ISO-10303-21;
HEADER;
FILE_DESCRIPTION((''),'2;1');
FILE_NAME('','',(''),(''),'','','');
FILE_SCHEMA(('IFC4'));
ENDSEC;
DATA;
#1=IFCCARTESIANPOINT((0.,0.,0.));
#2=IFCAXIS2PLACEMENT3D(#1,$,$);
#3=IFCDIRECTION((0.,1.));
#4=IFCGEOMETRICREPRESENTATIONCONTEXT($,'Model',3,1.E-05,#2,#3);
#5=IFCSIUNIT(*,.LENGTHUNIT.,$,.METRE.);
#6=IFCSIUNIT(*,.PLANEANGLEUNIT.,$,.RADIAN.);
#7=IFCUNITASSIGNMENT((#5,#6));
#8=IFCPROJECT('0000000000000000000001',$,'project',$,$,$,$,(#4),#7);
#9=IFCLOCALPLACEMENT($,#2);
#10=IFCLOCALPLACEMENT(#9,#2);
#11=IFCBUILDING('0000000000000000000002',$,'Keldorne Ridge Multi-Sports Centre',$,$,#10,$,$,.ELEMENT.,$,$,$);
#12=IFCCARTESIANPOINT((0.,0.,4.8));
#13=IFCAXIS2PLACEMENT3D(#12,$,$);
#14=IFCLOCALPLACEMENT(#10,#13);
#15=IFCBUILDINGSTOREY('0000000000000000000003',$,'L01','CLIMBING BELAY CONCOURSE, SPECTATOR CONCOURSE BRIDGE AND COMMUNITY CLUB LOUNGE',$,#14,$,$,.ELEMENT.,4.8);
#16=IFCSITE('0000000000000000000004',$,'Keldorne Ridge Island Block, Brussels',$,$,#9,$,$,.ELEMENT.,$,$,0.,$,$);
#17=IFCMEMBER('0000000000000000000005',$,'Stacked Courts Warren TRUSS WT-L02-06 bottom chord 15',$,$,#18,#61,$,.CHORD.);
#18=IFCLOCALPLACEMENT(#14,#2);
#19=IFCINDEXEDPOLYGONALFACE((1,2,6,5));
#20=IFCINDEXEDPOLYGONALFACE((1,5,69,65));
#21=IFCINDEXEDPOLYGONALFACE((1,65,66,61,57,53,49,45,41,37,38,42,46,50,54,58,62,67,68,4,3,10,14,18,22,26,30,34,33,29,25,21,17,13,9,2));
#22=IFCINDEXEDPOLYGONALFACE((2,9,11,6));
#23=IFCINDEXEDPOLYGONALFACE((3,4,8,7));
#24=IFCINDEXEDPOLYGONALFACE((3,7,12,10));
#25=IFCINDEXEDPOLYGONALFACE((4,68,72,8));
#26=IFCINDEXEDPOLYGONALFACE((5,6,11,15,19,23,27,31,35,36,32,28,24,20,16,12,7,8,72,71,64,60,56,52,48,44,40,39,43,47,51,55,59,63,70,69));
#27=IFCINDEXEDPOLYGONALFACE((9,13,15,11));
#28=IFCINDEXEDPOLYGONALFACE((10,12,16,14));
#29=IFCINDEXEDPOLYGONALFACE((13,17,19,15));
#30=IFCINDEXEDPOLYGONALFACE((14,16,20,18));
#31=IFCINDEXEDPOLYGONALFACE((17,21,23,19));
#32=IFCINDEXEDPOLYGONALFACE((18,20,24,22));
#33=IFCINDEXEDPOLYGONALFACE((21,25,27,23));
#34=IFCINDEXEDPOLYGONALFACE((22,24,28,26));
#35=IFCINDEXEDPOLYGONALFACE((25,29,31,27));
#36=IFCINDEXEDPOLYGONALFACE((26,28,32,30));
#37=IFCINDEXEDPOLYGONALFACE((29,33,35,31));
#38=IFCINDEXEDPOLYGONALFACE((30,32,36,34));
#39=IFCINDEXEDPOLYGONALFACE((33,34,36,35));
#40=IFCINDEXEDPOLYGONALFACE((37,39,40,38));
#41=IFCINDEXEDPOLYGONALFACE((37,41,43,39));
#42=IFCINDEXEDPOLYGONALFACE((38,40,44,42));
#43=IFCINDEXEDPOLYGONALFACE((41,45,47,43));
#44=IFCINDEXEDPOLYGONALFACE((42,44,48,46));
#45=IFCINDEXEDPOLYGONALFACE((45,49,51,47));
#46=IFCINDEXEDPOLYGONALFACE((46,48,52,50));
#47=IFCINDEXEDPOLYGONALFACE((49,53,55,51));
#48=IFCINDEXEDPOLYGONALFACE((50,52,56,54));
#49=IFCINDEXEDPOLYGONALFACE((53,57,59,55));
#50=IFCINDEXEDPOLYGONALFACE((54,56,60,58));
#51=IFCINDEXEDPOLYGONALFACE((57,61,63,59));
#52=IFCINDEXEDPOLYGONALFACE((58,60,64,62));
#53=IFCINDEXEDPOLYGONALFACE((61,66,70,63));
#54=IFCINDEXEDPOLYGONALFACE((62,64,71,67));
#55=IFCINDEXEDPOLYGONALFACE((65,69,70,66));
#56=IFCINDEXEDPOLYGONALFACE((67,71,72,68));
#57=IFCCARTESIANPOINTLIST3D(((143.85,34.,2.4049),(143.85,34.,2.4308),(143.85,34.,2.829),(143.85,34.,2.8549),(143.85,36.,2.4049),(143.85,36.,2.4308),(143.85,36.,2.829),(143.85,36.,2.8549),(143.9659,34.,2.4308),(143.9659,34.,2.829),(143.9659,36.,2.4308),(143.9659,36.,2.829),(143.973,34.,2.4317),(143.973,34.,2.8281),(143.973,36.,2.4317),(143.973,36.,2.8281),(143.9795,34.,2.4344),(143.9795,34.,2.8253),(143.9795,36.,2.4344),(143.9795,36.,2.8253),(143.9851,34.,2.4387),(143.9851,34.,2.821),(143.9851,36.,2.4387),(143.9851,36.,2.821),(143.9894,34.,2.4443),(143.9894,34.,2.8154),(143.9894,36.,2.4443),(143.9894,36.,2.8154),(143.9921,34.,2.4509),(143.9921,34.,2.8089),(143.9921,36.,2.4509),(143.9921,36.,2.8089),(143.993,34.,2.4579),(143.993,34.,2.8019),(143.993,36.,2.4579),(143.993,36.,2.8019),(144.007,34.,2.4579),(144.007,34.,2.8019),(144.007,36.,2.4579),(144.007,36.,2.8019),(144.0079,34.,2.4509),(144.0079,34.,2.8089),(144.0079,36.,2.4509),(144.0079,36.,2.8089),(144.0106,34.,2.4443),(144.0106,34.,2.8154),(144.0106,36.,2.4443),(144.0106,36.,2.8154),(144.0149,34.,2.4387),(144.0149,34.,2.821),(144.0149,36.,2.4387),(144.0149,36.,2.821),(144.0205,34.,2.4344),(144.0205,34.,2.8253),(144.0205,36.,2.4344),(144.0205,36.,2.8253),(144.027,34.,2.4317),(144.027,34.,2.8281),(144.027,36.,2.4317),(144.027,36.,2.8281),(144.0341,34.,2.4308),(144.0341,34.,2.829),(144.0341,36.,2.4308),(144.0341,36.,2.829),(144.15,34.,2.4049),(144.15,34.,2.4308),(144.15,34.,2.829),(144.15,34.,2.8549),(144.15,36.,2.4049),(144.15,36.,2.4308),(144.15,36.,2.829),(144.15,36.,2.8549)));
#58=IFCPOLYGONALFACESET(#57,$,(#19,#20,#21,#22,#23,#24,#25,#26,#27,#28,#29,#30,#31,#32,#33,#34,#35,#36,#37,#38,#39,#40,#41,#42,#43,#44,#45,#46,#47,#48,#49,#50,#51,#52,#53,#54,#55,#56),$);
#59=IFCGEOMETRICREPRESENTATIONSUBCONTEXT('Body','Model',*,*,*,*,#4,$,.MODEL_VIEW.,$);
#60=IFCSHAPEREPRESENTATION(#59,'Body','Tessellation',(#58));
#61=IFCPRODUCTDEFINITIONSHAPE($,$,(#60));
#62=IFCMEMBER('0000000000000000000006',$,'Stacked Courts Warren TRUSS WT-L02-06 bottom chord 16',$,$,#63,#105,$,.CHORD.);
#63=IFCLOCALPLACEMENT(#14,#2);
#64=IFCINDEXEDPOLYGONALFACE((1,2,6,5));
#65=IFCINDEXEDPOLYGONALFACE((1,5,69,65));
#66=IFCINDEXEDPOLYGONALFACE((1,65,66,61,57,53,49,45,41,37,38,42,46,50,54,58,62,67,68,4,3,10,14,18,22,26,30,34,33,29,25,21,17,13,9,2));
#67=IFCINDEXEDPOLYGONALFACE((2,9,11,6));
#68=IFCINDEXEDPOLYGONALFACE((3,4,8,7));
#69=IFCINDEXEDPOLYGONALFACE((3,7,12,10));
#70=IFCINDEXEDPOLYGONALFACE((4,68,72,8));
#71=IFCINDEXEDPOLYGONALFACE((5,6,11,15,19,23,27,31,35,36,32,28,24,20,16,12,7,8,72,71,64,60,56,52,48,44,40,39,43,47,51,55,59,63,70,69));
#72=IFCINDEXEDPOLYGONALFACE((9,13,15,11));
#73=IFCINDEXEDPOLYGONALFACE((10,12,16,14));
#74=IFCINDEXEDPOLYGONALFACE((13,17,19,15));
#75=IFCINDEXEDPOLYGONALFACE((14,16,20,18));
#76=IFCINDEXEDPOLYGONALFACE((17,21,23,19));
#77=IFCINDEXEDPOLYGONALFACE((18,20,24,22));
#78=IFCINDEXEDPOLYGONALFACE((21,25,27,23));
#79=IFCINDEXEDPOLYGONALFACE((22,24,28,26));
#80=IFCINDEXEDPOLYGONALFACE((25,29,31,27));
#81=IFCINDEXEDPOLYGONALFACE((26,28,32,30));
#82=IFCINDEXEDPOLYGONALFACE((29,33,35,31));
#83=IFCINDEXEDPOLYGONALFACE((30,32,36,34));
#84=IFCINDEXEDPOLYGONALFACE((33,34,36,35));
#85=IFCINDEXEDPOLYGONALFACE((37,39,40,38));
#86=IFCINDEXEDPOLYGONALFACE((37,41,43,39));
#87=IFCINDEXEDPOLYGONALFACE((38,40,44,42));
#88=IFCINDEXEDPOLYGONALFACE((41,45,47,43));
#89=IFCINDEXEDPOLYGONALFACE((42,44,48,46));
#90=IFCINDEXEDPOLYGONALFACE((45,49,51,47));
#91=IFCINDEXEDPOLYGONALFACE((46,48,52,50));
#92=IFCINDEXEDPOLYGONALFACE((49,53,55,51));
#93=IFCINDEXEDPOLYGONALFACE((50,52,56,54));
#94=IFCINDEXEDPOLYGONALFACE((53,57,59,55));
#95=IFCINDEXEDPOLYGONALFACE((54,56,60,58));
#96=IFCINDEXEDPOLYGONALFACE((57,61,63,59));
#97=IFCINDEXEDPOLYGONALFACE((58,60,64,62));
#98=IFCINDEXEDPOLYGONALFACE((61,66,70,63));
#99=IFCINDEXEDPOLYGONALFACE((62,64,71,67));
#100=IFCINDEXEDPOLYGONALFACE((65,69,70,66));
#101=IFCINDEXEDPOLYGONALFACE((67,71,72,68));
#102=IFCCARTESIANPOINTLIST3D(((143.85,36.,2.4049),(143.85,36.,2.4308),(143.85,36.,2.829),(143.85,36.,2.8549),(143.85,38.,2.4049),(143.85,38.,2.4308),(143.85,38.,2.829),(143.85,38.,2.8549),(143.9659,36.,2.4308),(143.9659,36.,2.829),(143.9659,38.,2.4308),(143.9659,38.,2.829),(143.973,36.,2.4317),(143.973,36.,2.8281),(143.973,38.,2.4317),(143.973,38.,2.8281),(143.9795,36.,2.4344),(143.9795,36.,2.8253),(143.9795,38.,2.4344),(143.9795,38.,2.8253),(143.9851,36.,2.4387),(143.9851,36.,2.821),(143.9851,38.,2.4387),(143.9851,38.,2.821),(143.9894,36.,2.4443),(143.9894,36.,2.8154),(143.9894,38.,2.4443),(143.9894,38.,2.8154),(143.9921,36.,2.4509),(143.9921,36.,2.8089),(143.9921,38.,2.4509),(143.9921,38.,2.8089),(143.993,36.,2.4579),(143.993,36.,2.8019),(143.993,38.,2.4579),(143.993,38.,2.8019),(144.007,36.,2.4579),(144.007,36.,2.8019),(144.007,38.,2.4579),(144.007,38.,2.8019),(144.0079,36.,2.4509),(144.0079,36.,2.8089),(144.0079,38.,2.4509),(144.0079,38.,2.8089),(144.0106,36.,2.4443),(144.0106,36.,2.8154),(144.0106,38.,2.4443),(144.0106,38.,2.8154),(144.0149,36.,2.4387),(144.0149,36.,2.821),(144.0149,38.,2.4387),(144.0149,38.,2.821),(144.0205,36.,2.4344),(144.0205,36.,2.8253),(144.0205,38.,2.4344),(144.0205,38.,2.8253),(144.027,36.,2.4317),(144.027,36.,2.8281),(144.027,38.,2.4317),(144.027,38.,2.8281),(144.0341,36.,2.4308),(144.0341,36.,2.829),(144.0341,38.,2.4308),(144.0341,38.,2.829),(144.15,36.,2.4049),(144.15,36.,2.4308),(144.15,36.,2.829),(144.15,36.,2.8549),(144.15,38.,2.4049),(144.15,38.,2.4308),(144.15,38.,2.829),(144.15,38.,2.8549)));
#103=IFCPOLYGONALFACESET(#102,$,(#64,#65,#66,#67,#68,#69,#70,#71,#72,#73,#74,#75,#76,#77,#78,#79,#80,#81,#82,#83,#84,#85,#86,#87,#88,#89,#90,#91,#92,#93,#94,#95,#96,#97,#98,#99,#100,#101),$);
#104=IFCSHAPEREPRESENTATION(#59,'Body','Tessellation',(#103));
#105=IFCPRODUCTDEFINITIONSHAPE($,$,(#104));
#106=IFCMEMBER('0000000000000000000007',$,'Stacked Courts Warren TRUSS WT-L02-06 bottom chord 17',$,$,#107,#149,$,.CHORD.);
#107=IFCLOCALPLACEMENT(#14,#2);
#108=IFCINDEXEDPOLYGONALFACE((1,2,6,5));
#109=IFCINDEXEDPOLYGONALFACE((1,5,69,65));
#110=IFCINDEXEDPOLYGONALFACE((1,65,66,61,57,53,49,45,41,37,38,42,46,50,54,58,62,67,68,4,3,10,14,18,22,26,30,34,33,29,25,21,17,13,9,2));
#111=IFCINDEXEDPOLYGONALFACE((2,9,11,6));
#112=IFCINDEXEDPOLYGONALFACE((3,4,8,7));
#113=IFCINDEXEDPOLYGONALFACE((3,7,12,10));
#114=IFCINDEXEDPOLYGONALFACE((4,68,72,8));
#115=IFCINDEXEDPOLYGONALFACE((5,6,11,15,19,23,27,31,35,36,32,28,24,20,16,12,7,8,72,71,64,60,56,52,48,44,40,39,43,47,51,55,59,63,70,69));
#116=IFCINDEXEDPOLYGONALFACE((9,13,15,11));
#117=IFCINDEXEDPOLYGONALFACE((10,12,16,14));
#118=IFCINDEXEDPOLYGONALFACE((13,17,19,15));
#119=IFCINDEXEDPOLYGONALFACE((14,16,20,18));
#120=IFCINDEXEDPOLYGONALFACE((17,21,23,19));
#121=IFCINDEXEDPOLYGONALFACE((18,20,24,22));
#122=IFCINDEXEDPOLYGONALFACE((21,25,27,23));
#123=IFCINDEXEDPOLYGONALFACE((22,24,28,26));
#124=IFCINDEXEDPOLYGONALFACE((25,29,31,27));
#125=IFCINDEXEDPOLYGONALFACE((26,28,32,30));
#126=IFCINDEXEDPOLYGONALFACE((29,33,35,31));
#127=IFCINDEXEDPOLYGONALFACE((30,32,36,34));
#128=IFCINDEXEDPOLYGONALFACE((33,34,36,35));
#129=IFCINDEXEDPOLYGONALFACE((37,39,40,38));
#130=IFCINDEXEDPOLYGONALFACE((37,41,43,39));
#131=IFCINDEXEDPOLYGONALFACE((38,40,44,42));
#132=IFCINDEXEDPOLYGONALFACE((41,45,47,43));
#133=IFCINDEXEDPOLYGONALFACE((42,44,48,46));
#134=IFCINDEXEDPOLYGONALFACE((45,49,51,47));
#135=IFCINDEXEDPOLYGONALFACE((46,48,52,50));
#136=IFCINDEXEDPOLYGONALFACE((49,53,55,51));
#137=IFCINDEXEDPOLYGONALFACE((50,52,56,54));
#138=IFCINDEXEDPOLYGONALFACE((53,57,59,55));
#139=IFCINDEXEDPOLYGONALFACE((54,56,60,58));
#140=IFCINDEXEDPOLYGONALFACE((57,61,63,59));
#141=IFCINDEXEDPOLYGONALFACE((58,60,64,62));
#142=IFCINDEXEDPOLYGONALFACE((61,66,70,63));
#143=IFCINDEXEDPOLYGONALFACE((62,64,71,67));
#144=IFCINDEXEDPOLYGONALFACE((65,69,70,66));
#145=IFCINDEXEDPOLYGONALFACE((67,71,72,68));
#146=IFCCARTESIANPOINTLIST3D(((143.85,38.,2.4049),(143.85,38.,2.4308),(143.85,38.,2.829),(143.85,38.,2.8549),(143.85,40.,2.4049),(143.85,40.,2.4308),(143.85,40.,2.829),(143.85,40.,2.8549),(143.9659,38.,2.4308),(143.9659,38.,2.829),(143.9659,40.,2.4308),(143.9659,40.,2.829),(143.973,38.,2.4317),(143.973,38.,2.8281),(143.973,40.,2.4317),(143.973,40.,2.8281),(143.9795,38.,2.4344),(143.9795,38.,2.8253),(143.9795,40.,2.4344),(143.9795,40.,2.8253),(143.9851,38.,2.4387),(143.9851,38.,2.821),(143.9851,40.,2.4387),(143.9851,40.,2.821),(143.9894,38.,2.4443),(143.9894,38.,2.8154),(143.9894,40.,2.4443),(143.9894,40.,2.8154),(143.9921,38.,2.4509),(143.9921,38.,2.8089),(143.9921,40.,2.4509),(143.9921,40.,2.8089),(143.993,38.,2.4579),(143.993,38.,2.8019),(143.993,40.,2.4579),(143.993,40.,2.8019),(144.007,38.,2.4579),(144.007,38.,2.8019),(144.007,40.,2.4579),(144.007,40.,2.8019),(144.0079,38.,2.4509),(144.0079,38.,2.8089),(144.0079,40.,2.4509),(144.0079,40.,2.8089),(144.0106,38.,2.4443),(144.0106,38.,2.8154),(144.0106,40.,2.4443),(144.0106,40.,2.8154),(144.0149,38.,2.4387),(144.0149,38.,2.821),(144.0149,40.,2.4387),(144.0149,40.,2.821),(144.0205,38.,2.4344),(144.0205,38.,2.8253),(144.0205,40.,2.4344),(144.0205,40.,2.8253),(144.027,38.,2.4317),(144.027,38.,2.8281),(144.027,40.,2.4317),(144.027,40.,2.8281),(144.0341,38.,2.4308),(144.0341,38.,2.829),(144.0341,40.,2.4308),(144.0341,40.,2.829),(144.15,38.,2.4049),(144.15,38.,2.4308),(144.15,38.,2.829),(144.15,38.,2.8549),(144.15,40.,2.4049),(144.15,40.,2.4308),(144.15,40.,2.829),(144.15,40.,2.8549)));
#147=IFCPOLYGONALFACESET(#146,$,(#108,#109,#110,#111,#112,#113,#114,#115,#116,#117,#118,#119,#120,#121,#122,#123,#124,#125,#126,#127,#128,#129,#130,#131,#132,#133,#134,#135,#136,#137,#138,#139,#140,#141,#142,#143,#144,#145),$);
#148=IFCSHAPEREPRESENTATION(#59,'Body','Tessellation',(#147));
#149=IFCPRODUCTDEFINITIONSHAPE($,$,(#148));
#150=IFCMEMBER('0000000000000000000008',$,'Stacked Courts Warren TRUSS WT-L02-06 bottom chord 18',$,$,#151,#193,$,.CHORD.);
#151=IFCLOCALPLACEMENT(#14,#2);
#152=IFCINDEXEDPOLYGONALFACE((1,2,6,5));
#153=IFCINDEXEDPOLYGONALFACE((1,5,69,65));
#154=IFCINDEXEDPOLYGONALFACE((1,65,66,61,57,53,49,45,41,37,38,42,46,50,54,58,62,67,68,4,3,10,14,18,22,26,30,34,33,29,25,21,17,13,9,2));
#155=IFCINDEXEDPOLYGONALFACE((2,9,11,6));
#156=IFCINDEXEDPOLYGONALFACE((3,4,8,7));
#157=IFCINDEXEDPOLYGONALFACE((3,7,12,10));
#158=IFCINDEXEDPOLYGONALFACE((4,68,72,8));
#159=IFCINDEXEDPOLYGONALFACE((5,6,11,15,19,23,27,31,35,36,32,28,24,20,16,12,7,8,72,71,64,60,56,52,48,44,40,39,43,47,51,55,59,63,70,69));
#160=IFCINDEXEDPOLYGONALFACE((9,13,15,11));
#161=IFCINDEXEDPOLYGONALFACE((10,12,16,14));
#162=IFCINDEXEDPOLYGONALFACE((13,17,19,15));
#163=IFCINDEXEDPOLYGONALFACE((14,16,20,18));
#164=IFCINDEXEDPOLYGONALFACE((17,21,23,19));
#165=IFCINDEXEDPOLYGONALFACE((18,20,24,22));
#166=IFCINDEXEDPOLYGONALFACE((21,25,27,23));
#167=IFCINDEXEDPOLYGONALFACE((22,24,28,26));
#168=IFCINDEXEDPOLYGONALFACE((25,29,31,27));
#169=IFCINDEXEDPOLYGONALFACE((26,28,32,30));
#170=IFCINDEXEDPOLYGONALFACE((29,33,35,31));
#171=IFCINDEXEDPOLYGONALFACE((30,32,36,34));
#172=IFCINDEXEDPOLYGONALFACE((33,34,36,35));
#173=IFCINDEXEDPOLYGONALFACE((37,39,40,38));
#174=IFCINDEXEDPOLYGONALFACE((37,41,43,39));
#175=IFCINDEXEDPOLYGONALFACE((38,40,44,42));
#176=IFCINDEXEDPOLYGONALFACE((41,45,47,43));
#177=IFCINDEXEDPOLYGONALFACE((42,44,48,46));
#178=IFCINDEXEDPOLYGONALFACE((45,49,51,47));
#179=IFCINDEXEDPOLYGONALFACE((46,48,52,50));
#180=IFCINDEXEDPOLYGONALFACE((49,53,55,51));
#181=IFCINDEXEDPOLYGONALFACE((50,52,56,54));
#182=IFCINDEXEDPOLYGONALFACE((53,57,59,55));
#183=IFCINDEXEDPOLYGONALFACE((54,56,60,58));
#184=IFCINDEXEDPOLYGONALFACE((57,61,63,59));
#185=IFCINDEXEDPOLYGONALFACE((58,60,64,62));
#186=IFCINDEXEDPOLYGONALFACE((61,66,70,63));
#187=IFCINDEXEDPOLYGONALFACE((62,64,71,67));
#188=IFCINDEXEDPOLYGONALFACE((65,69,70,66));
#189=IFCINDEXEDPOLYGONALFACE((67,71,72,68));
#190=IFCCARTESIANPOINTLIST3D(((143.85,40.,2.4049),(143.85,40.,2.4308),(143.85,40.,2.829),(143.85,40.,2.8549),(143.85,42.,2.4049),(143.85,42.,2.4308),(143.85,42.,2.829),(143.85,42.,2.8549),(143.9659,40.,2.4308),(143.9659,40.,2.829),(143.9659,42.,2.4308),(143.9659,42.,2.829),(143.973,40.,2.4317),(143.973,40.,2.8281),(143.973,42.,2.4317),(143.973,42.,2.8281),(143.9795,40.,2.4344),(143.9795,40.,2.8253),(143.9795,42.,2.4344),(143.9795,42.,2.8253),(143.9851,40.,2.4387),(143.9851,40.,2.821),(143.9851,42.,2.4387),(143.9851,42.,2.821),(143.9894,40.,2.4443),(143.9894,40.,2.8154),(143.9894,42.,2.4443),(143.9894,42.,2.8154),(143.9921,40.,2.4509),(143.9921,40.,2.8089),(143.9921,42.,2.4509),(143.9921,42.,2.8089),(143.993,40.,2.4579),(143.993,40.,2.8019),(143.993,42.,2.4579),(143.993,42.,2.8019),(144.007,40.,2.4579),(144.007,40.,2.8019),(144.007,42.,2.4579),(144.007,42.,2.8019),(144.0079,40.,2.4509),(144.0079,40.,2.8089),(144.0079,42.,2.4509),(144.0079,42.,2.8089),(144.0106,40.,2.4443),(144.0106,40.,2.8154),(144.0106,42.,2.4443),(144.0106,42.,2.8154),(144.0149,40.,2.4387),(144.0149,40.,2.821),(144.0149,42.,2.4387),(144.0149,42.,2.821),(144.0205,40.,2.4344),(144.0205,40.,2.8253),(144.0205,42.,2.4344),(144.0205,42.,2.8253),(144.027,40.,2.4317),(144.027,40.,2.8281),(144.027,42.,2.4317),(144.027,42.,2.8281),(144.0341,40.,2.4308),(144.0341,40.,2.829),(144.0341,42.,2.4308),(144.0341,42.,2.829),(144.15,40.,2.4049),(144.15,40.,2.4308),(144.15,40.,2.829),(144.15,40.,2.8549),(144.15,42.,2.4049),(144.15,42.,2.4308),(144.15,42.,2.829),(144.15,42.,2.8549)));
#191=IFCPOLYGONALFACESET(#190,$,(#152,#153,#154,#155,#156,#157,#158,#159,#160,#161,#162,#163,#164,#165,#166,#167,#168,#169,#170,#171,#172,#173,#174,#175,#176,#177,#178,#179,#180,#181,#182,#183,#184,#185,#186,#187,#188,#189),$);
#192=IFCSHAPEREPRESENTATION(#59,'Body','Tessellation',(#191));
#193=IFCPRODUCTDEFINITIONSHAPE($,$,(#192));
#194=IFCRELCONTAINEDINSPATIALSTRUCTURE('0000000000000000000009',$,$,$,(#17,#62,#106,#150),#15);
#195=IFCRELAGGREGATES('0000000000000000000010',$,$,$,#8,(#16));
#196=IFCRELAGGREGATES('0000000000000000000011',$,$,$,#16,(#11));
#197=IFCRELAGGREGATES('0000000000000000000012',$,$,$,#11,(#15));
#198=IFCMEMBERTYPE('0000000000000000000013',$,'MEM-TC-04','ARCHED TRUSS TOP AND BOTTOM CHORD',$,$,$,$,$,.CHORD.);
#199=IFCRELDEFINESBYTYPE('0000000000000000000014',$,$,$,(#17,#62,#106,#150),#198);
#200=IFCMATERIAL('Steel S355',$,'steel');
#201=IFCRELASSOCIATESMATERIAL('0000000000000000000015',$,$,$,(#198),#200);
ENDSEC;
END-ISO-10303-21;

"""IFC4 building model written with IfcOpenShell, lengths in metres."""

from ifc_helpers import new_model, si_unit, direction, frame, origin, origin_2d, place, context, subcontext, project, spatial, i_section, extrude, material, material_profile, profile_set, type_object, element, save


model = new_model("IFC4")

# Units and contexts
model_context = context("Model", 3, precision=1e-05, world=origin(), true_north=direction((0.0, 1.0)))
body_context = subcontext(model_context, "Body", "Model", "MODEL_VIEW")
ifc_project = project(units=[si_unit("LENGTHUNIT", "METRE"), si_unit("PLANEANGLEUNIT", "RADIAN")], contexts=[model_context])

# Site, building, storey
site_placement = place(None, origin())
site = spatial("IfcSite", under=ifc_project, at=site_placement, Name="Keldorne Ridge Island Block, Brussels", CompositionType="ELEMENT", RefElevation=0.0)
building_placement = place(site_placement, origin())
building = spatial("IfcBuilding", under=site, at=building_placement, Name="Keldorne Ridge Multi-Sports Centre", CompositionType="ELEMENT")
storey_placement = place(building_placement, frame((0.0, 0.0, 4.8)))
storey = spatial("IfcBuildingStorey", under=building, at=storey_placement, Name="L01", Description="CLIMBING BELAY CONCOURSE, SPECTATOR CONCOURSE BRIDGE AND COMMUNITY CLUB LOUNGE", CompositionType="ELEMENT", Elevation=4.8)

# Members
ifc_material = material(Name="Steel S355", Category="steel")
ifc_material_profile_1 = material_profile(ifc_material, i_section(OverallWidth=0.3, OverallDepth=0.45, WebThickness=0.0139, FlangeThickness=0.0259, FilletRadius=0.0271, at=origin_2d()), Name="HEB 450")
ifc_profile_set_1 = profile_set([ifc_material_profile_1], Name="Steel S355")
member_type_1 = type_object("IfcMemberType", Name="MEM-TC-04", Description="ARCHED TRUSS TOP AND BOTTOM CHORD", PredefinedType="CHORD", material=ifc_profile_set_1)
for number, where, z_axis, x_axis, name in (
    (1, (144.0, 34.0, 2.6299), (0.0, 1.0, 0.0), (-1.0, 0.0, 0.0), "Stacked Courts Warren TRUSS WT-L02-06 bottom chord 15"),
    (2, (144.0, 36.0, 2.6299), (0.0, 1.0, 0.0), (-1.0, 0.0, 0.0), "Stacked Courts Warren TRUSS WT-L02-06 bottom chord 16"),
    (3, (144.0, 38.0, 2.6299), (0.0, 1.0, 0.0), (-1.0, 0.0, 0.0), "Stacked Courts Warren TRUSS WT-L02-06 bottom chord 17"),
    (4, (144.0, 40.0, 2.6299), (0.0, 1.0, 0.0), (-1.0, 0.0, 0.0), "Stacked Courts Warren TRUSS WT-L02-06 bottom chord 18"),
):
    element("IfcMember", number, at=place(storey_placement, frame(where, z_axis=z_axis, x_axis=x_axis)), inside=storey, type_object=member_type_1, Name=name, PredefinedType="CHORD", context=body_context, shape_type="SweptSolid", body=[
        extrude(i_section(OverallWidth=0.3, OverallDepth=0.45, WebThickness=0.0139, FlangeThickness=0.0259, FilletRadius=0.0271, at=origin_2d()), origin(), (0.0, 0.0, 1.0), 2.0),
    ])

save(model, "model.ifc")
